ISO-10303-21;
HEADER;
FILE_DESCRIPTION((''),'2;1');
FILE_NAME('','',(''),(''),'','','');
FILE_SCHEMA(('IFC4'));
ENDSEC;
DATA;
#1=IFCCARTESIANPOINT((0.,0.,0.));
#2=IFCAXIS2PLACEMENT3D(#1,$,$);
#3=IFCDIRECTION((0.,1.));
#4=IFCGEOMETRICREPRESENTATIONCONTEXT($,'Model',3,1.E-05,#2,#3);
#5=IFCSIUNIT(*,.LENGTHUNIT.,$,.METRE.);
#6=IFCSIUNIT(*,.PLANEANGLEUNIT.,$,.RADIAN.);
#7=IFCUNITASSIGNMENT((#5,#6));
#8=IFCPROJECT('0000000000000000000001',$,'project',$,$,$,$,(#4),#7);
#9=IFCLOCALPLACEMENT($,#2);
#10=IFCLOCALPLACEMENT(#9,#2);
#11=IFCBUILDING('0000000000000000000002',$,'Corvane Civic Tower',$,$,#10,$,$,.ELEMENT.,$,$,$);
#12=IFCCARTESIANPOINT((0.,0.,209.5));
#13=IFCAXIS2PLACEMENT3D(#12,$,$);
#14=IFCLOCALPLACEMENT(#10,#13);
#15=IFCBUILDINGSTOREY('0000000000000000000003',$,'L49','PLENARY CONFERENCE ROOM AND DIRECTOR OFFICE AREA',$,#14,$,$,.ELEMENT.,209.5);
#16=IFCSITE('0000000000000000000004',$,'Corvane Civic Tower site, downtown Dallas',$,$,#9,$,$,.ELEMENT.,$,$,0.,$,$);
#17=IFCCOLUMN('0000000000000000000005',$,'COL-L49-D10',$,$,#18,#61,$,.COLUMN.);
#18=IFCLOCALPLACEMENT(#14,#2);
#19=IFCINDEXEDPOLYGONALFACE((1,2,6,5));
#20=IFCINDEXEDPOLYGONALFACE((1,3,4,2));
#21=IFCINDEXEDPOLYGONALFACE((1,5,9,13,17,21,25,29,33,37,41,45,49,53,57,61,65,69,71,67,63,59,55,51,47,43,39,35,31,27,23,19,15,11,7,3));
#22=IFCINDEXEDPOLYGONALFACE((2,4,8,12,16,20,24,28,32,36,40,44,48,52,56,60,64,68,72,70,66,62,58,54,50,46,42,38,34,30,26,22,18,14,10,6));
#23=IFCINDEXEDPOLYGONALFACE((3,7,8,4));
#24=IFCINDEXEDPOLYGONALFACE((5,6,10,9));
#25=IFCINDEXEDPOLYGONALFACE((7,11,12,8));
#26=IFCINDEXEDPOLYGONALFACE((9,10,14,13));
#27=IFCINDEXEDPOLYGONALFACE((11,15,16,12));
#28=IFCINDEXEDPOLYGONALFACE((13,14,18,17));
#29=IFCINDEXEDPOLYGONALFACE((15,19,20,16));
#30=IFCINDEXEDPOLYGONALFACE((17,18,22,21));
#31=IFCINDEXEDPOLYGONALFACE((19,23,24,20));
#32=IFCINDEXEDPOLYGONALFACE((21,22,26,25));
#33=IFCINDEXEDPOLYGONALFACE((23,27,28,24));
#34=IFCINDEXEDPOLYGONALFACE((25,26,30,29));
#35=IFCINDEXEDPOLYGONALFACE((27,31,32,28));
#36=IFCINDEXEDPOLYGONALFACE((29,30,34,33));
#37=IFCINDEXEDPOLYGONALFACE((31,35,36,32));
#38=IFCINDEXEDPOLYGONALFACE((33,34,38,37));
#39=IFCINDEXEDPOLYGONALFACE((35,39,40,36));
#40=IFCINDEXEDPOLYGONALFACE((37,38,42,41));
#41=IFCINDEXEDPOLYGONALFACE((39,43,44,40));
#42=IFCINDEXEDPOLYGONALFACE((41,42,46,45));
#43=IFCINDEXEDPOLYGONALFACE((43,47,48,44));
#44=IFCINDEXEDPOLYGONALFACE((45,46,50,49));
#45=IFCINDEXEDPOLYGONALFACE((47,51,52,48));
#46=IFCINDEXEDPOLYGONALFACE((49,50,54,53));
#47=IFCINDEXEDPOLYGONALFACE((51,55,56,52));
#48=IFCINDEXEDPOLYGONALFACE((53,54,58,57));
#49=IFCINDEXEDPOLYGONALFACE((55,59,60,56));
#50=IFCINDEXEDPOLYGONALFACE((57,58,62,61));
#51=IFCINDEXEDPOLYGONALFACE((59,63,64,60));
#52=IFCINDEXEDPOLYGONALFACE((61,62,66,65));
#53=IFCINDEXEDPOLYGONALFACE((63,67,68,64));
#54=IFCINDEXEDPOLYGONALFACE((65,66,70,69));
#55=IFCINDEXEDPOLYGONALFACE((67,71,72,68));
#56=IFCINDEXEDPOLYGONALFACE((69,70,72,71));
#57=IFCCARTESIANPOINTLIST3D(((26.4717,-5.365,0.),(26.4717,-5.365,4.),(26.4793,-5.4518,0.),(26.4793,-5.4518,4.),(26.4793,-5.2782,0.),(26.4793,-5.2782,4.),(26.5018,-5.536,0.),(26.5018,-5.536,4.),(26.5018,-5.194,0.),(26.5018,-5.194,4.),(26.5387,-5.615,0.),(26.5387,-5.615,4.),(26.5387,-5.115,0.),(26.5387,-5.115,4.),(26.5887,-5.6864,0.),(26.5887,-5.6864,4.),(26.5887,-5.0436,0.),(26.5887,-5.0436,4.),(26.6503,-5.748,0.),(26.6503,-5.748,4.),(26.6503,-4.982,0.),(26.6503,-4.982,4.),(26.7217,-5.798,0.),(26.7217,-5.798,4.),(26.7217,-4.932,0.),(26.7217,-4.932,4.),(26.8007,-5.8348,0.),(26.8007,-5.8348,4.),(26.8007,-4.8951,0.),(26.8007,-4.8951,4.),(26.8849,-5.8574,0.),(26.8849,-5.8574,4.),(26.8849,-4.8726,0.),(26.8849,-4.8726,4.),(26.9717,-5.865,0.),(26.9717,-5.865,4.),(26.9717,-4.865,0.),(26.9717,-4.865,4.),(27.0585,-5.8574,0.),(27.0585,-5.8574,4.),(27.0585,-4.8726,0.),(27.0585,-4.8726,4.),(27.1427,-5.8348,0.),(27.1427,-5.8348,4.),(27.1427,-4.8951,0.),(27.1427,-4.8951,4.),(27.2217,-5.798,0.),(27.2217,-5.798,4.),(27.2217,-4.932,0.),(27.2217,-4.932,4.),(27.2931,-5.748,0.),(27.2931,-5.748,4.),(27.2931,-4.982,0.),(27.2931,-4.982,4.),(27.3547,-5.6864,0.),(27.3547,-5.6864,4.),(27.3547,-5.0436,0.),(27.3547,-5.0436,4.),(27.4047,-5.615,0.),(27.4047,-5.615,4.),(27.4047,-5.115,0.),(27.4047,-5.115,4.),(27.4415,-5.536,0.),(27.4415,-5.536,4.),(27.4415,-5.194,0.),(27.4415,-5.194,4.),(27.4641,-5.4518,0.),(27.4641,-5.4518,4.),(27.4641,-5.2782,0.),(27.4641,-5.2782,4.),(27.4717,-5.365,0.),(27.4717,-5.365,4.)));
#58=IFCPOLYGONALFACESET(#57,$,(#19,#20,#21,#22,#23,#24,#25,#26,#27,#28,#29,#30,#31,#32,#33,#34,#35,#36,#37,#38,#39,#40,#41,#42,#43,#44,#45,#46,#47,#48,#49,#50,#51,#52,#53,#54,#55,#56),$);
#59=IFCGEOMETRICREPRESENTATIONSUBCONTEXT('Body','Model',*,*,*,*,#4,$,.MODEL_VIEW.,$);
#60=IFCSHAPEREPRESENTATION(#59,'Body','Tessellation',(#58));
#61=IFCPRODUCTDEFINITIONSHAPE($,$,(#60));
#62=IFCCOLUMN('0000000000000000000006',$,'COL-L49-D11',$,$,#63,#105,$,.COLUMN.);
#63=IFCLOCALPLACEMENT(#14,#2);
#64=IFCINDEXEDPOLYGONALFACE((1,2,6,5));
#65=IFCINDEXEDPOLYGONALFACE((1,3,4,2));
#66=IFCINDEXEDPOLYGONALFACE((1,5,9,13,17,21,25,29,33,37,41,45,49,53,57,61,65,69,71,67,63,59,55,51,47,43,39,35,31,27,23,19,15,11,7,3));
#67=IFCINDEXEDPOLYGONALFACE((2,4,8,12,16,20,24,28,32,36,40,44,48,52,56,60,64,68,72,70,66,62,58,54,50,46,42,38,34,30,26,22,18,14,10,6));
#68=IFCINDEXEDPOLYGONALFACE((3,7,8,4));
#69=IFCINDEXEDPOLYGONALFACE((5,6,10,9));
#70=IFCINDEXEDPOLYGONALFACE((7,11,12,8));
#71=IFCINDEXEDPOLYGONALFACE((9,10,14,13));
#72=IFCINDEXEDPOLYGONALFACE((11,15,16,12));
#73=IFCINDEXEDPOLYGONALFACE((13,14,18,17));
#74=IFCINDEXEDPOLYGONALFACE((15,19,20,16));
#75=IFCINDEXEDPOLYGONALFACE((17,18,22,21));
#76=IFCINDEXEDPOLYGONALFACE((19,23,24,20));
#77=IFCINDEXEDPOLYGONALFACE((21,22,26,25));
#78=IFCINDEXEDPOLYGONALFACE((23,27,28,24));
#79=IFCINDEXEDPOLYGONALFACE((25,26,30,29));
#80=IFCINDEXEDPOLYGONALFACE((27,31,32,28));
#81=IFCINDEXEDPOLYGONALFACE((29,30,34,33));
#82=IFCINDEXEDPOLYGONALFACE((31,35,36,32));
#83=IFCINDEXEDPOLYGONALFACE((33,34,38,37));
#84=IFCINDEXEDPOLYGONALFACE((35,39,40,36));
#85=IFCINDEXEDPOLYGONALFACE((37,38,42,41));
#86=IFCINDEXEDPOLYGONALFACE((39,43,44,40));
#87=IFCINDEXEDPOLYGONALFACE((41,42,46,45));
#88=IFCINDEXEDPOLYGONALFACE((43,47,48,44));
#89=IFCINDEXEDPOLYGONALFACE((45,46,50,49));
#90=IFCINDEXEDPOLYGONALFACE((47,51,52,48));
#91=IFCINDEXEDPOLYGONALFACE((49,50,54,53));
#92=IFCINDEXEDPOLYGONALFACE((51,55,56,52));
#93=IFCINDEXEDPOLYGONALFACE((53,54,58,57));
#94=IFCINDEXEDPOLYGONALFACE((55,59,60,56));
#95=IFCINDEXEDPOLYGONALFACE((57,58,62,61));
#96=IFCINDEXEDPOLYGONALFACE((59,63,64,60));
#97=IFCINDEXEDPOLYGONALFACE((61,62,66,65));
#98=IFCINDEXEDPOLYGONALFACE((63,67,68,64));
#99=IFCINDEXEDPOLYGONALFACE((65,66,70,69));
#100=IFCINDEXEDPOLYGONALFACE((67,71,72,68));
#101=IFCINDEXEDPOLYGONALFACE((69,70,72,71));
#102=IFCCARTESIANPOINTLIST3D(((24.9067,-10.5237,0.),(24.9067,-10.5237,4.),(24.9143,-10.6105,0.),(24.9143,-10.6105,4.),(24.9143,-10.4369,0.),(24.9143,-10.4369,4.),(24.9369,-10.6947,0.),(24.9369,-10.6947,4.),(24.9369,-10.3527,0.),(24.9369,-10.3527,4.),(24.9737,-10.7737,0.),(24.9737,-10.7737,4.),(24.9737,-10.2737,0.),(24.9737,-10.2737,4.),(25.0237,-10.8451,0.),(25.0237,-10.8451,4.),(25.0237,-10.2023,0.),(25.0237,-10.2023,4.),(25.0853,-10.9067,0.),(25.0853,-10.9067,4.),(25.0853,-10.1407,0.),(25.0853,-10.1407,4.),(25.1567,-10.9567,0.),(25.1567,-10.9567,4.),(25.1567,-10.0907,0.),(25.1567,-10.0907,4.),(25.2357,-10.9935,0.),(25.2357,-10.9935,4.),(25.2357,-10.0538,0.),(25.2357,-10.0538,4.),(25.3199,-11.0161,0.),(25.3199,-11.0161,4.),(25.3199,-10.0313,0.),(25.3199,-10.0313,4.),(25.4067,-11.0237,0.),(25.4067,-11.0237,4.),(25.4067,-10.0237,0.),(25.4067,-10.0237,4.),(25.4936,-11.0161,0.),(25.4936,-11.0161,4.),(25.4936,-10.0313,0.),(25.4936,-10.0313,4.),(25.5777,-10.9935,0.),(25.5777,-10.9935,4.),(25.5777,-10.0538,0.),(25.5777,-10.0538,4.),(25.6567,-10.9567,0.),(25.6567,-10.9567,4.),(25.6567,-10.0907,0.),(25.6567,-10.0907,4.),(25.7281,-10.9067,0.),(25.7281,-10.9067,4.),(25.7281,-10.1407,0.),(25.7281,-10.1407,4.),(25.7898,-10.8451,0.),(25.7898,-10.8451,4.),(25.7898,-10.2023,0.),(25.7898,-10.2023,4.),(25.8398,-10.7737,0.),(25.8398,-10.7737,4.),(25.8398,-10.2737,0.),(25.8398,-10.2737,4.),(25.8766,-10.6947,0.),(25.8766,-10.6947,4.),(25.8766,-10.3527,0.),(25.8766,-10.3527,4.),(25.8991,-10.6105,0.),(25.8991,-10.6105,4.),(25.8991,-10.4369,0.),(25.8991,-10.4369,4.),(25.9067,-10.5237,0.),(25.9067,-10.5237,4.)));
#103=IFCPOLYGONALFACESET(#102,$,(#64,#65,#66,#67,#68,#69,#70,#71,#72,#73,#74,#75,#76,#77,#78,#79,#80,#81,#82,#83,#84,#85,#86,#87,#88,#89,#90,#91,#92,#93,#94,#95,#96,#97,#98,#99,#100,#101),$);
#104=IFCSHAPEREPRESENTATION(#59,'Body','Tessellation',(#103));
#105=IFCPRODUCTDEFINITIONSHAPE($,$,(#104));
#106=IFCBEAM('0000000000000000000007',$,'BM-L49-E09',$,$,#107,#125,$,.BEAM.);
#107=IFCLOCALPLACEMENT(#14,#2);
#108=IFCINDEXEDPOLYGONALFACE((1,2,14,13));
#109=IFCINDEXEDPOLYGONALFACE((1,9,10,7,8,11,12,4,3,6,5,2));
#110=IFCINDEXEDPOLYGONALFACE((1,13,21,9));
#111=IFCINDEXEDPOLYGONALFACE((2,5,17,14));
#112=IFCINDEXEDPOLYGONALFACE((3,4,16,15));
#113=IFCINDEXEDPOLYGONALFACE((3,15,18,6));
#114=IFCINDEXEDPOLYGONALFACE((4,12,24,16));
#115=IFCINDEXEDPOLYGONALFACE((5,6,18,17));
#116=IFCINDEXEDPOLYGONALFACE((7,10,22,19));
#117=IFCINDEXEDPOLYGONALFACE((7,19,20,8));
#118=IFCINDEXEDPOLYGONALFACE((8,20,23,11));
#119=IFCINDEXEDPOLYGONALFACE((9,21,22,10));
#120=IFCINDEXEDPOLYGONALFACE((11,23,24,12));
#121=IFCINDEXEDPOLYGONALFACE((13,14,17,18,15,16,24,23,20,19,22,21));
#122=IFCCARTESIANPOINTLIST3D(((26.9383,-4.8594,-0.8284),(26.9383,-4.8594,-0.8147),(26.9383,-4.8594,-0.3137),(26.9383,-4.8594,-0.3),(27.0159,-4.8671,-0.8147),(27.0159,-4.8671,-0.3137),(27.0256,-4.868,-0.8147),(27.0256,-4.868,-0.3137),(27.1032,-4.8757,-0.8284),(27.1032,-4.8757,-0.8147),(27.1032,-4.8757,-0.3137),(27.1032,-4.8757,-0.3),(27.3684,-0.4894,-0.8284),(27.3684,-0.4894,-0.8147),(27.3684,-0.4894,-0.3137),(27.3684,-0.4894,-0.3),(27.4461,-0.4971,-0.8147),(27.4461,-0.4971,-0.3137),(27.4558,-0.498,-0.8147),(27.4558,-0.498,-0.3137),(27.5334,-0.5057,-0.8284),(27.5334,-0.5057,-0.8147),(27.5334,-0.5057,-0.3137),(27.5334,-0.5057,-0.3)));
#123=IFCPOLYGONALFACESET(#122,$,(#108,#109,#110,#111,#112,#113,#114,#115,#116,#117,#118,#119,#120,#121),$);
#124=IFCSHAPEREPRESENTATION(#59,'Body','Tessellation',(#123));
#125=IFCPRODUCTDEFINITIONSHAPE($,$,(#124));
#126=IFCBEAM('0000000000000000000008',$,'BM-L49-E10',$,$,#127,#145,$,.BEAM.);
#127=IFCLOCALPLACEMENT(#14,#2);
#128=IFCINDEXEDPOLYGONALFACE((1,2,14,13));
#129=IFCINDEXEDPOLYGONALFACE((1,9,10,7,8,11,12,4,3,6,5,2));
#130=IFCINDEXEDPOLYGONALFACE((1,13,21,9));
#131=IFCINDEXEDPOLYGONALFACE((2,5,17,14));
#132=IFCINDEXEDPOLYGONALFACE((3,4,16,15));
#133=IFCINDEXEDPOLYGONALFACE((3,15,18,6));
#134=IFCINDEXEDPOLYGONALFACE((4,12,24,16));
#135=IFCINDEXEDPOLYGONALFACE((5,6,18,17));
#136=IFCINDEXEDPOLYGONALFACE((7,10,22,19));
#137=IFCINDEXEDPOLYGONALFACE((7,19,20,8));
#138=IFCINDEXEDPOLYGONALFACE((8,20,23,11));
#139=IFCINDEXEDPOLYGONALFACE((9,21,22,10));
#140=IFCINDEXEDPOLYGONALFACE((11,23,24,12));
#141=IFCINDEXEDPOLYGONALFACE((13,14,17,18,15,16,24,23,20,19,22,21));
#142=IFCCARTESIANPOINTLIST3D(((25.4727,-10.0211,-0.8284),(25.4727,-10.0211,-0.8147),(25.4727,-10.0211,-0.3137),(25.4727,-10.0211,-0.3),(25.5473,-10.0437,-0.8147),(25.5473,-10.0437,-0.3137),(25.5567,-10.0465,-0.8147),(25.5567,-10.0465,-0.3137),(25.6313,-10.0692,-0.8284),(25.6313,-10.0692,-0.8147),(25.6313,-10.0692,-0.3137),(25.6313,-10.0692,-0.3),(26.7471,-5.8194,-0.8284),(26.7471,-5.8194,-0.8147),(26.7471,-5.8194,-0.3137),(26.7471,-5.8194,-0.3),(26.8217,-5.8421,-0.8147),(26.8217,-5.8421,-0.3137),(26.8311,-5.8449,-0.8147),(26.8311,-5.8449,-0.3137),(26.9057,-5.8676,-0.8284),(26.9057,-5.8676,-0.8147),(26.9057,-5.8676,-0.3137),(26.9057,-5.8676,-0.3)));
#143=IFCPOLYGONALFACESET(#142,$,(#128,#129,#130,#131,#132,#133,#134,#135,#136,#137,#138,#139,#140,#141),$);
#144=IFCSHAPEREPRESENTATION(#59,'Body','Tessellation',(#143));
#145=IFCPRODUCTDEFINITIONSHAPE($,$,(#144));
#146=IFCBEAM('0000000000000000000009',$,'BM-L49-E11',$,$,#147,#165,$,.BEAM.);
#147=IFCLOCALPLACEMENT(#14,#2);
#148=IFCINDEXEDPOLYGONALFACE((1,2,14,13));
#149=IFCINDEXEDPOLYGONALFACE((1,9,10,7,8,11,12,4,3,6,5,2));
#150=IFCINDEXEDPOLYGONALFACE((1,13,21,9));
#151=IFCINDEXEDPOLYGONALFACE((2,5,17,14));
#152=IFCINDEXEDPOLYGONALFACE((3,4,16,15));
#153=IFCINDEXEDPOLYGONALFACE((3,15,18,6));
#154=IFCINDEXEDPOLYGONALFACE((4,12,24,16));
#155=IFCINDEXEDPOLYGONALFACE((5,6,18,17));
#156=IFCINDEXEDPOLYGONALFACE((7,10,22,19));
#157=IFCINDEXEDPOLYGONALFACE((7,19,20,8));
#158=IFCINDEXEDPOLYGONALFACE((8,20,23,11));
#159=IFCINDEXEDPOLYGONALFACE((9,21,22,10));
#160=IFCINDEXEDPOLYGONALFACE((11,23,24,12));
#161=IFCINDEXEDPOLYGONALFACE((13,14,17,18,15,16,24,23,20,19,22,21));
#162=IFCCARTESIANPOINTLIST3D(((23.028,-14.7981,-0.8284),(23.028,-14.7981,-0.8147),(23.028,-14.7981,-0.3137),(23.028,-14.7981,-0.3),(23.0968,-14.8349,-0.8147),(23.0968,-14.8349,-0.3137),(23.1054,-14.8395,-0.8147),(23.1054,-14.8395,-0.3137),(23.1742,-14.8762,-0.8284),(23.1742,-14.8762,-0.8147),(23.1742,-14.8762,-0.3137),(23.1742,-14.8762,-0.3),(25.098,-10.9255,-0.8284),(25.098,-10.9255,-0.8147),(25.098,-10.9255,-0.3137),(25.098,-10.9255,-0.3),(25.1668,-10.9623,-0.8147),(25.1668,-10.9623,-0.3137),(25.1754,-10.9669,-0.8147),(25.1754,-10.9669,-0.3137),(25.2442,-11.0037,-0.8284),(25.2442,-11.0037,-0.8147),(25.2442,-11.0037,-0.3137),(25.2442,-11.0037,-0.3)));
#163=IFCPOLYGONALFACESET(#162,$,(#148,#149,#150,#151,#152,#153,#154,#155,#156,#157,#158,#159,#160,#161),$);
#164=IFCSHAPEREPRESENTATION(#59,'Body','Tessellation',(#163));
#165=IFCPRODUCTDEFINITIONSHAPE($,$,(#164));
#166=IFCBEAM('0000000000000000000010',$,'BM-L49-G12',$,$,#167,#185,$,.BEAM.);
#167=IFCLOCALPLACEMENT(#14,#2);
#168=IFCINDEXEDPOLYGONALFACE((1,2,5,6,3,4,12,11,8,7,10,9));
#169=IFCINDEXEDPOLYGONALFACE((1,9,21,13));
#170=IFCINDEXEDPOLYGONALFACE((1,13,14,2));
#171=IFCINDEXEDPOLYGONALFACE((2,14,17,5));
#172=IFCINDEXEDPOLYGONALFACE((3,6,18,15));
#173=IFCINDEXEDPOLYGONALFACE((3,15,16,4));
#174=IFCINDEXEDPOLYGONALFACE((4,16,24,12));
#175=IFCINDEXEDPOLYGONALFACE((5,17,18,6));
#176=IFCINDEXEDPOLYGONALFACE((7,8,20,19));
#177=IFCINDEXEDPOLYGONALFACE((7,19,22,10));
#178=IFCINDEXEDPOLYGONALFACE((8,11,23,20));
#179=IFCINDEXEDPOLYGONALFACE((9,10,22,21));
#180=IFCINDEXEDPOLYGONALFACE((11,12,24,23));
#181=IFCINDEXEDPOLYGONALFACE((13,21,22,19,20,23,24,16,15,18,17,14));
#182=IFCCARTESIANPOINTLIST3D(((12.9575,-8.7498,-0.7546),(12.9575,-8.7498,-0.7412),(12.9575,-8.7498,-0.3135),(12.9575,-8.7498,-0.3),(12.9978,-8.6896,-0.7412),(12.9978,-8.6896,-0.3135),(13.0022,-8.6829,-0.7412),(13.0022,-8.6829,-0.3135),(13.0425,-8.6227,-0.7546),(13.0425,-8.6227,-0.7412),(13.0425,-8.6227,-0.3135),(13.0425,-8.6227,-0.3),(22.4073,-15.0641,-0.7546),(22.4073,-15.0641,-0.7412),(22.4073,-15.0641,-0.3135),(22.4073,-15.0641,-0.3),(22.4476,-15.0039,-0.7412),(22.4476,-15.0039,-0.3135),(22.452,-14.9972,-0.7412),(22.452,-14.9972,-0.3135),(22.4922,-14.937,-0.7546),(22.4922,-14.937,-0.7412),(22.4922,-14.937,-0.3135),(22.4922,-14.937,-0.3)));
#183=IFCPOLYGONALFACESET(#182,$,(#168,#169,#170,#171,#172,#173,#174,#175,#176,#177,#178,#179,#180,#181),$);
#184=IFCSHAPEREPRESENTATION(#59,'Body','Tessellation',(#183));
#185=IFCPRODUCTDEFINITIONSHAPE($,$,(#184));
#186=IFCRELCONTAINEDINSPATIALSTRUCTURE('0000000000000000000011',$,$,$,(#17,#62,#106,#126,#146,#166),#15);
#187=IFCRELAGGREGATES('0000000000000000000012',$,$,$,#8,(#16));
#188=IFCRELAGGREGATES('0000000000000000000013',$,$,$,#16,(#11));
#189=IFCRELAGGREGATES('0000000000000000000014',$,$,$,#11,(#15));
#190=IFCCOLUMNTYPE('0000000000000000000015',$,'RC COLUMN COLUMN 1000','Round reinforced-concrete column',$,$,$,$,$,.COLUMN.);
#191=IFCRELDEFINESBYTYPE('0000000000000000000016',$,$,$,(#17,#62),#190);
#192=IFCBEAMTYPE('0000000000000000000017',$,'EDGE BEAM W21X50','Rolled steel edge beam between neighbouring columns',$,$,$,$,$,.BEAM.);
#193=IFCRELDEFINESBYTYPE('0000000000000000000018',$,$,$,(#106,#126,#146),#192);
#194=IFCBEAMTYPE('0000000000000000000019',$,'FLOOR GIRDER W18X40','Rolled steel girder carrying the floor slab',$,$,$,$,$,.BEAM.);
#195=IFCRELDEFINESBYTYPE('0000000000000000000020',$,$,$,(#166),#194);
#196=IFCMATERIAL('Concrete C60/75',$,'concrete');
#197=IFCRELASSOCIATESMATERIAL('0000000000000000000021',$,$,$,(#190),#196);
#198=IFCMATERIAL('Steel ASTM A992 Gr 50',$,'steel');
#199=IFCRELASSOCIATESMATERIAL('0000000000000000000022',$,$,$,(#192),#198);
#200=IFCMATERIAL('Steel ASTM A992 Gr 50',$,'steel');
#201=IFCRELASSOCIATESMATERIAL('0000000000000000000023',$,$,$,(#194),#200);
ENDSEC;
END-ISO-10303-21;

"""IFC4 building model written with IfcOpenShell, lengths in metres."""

from ifc_helpers import new_model, si_unit, direction, frame, origin, origin_2d, place, context, subcontext, project, spatial, circle, i_section, extrude, material, material_profile, profile_set, type_object, element, save


model = new_model("IFC4")

# Units and contexts
model_context = context("Model", 3, precision=1e-05, world=origin(), true_north=direction((0.0, 1.0)))
body_context = subcontext(model_context, "Body", "Model", "MODEL_VIEW")
ifc_project = project(units=[si_unit("LENGTHUNIT", "METRE"), si_unit("PLANEANGLEUNIT", "RADIAN")], contexts=[model_context])

# Site, building, storey
site_placement = place(None, origin())
site = spatial("IfcSite", under=ifc_project, at=site_placement, Name="Corvane Civic Tower site, downtown Dallas", CompositionType="ELEMENT", RefElevation=0.0)
building_placement = place(site_placement, origin())
building = spatial("IfcBuilding", under=site, at=building_placement, Name="Corvane Civic Tower", CompositionType="ELEMENT")
storey_placement = place(building_placement, frame((0.0, 0.0, 209.5)))
storey = spatial("IfcBuildingStorey", under=building, at=storey_placement, Name="L49", Description="PLENARY CONFERENCE ROOM AND DIRECTOR OFFICE AREA", CompositionType="ELEMENT", Elevation=209.5)

# Columns
ifc_material_1 = material(Name="Concrete C60/75", Category="concrete")
ifc_material_profile_1 = material_profile(ifc_material_1, circle(Radius=0.5, at=origin_2d()), Name="COLUMN 1000")
ifc_profile_set_1 = profile_set([ifc_material_profile_1], Name="Concrete C60/75")
column_type = type_object("IfcColumnType", Name="RC COLUMN COLUMN 1000", Description="Round reinforced-concrete column", PredefinedType="COLUMN", material=ifc_profile_set_1)
for number, where, z_axis, x_axis, name in (
    (1, (26.9717, -5.365, 0.0), (0.0, 0.0, 1.0), (1.0, 0.0, 0.0), "COL-L49-D10"),
    (2, (25.4067, -10.5237, 0.0), (0.0, 0.0, 1.0), (1.0, 0.0, 0.0), "COL-L49-D11"),
):
    element("IfcColumn", number, at=place(storey_placement, frame(where, z_axis=z_axis, x_axis=x_axis)), inside=storey, type_object=column_type, Name=name, PredefinedType="COLUMN", context=body_context, shape_type="SweptSolid", body=[
        extrude(circle(Radius=0.5, at=origin_2d()), origin(), (0.0, 0.0, 1.0), 4.0),
    ])

# Beams
ifc_material_2 = material(Name="Steel ASTM A992 Gr 50", Category="steel")
ifc_material_profile_2 = material_profile(ifc_material_2, i_section(OverallWidth=0.1658, OverallDepth=0.5283, WebThickness=0.0098, FlangeThickness=0.0137, at=origin_2d()), Name="W21X50")
ifc_profile_set_2 = profile_set([ifc_material_profile_2], Name="Steel ASTM A992 Gr 50")
beam_type_1 = type_object("IfcBeamType", Name="EDGE BEAM W21X50", Description="Rolled steel edge beam between neighbouring columns", PredefinedType="BEAM", material=ifc_profile_set_2)
beam_1_placement = place(storey_placement, frame((27.4509, -0.4976, -0.5642), z_axis=(-0.097968, -0.99519, 0.0), x_axis=(0.99519, -0.097968, 0.0)))
element("IfcBeam", 3, at=beam_1_placement, inside=storey, type_object=beam_type_1, Name="BM-L49-E09", PredefinedType="BEAM", context=body_context, shape_type="SweptSolid", body=[
    extrude(i_section(OverallWidth=0.1658, OverallDepth=0.5283, WebThickness=0.0098, FlangeThickness=0.0137, at=origin_2d()), origin(), (0.0, 0.0, 1.0), 4.3911),
])
beam_2_placement = place(storey_placement, frame((26.8264, -5.8435, -0.5642), z_axis=(-0.290254, -0.95695, 0.0), x_axis=(0.95695, -0.290254, 0.0)))
element("IfcBeam", 4, at=beam_2_placement, inside=storey, type_object=beam_type_1, Name="BM-L49-E10", PredefinedType="BEAM", context=body_context, shape_type="SweptSolid", body=[
    extrude(i_section(OverallWidth=0.1658, OverallDepth=0.5283, WebThickness=0.0098, FlangeThickness=0.0137, at=origin_2d()), origin(), (0.0, 0.0, 1.0), 4.3906),
])
beam_3_placement = place(storey_placement, frame((25.1711, -10.9646, -0.5642), z_axis=(-0.471422, -0.881908, 0.0), x_axis=(0.881908, -0.471422, 0.0)))
element("IfcBeam", 5, at=beam_3_placement, inside=storey, type_object=beam_type_1, Name="BM-L49-E11", PredefinedType="BEAM", context=body_context, shape_type="SweptSolid", body=[
    extrude(i_section(OverallWidth=0.1658, OverallDepth=0.5283, WebThickness=0.0098, FlangeThickness=0.0137, at=origin_2d()), origin(), (0.0, 0.0, 1.0), 4.3911),
])
ifc_material_3 = material(Name="Steel ASTM A992 Gr 50", Category="steel")
ifc_material_profile_3 = material_profile(ifc_material_3, i_section(OverallWidth=0.1528, OverallDepth=0.4546, WebThickness=0.0081, FlangeThickness=0.0134, at=origin_2d()), Name="W18X40")
ifc_profile_set_3 = profile_set([ifc_material_profile_3], Name="Steel ASTM A992 Gr 50")
beam_type_2 = type_object("IfcBeamType", Name="FLOOR GIRDER W18X40", Description="Rolled steel girder carrying the floor slab", PredefinedType="BEAM", material=ifc_profile_set_3)
beam_4_placement = place(storey_placement, frame((13.0, -8.6863, -0.5273), z_axis=(0.831465, -0.555577, 0.0), x_axis=(0.555577, 0.831465, 0.0)))
element("IfcBeam", 6, at=beam_4_placement, inside=storey, type_object=beam_type_2, Name="BM-L49-G12", PredefinedType="BEAM", context=body_context, shape_type="SweptSolid", body=[
    extrude(i_section(OverallWidth=0.1528, OverallDepth=0.4546, WebThickness=0.0081, FlangeThickness=0.0134, at=origin_2d()), origin(), (0.0, 0.0, 1.0), 11.3652),
])

save(model, "model.ifc")
